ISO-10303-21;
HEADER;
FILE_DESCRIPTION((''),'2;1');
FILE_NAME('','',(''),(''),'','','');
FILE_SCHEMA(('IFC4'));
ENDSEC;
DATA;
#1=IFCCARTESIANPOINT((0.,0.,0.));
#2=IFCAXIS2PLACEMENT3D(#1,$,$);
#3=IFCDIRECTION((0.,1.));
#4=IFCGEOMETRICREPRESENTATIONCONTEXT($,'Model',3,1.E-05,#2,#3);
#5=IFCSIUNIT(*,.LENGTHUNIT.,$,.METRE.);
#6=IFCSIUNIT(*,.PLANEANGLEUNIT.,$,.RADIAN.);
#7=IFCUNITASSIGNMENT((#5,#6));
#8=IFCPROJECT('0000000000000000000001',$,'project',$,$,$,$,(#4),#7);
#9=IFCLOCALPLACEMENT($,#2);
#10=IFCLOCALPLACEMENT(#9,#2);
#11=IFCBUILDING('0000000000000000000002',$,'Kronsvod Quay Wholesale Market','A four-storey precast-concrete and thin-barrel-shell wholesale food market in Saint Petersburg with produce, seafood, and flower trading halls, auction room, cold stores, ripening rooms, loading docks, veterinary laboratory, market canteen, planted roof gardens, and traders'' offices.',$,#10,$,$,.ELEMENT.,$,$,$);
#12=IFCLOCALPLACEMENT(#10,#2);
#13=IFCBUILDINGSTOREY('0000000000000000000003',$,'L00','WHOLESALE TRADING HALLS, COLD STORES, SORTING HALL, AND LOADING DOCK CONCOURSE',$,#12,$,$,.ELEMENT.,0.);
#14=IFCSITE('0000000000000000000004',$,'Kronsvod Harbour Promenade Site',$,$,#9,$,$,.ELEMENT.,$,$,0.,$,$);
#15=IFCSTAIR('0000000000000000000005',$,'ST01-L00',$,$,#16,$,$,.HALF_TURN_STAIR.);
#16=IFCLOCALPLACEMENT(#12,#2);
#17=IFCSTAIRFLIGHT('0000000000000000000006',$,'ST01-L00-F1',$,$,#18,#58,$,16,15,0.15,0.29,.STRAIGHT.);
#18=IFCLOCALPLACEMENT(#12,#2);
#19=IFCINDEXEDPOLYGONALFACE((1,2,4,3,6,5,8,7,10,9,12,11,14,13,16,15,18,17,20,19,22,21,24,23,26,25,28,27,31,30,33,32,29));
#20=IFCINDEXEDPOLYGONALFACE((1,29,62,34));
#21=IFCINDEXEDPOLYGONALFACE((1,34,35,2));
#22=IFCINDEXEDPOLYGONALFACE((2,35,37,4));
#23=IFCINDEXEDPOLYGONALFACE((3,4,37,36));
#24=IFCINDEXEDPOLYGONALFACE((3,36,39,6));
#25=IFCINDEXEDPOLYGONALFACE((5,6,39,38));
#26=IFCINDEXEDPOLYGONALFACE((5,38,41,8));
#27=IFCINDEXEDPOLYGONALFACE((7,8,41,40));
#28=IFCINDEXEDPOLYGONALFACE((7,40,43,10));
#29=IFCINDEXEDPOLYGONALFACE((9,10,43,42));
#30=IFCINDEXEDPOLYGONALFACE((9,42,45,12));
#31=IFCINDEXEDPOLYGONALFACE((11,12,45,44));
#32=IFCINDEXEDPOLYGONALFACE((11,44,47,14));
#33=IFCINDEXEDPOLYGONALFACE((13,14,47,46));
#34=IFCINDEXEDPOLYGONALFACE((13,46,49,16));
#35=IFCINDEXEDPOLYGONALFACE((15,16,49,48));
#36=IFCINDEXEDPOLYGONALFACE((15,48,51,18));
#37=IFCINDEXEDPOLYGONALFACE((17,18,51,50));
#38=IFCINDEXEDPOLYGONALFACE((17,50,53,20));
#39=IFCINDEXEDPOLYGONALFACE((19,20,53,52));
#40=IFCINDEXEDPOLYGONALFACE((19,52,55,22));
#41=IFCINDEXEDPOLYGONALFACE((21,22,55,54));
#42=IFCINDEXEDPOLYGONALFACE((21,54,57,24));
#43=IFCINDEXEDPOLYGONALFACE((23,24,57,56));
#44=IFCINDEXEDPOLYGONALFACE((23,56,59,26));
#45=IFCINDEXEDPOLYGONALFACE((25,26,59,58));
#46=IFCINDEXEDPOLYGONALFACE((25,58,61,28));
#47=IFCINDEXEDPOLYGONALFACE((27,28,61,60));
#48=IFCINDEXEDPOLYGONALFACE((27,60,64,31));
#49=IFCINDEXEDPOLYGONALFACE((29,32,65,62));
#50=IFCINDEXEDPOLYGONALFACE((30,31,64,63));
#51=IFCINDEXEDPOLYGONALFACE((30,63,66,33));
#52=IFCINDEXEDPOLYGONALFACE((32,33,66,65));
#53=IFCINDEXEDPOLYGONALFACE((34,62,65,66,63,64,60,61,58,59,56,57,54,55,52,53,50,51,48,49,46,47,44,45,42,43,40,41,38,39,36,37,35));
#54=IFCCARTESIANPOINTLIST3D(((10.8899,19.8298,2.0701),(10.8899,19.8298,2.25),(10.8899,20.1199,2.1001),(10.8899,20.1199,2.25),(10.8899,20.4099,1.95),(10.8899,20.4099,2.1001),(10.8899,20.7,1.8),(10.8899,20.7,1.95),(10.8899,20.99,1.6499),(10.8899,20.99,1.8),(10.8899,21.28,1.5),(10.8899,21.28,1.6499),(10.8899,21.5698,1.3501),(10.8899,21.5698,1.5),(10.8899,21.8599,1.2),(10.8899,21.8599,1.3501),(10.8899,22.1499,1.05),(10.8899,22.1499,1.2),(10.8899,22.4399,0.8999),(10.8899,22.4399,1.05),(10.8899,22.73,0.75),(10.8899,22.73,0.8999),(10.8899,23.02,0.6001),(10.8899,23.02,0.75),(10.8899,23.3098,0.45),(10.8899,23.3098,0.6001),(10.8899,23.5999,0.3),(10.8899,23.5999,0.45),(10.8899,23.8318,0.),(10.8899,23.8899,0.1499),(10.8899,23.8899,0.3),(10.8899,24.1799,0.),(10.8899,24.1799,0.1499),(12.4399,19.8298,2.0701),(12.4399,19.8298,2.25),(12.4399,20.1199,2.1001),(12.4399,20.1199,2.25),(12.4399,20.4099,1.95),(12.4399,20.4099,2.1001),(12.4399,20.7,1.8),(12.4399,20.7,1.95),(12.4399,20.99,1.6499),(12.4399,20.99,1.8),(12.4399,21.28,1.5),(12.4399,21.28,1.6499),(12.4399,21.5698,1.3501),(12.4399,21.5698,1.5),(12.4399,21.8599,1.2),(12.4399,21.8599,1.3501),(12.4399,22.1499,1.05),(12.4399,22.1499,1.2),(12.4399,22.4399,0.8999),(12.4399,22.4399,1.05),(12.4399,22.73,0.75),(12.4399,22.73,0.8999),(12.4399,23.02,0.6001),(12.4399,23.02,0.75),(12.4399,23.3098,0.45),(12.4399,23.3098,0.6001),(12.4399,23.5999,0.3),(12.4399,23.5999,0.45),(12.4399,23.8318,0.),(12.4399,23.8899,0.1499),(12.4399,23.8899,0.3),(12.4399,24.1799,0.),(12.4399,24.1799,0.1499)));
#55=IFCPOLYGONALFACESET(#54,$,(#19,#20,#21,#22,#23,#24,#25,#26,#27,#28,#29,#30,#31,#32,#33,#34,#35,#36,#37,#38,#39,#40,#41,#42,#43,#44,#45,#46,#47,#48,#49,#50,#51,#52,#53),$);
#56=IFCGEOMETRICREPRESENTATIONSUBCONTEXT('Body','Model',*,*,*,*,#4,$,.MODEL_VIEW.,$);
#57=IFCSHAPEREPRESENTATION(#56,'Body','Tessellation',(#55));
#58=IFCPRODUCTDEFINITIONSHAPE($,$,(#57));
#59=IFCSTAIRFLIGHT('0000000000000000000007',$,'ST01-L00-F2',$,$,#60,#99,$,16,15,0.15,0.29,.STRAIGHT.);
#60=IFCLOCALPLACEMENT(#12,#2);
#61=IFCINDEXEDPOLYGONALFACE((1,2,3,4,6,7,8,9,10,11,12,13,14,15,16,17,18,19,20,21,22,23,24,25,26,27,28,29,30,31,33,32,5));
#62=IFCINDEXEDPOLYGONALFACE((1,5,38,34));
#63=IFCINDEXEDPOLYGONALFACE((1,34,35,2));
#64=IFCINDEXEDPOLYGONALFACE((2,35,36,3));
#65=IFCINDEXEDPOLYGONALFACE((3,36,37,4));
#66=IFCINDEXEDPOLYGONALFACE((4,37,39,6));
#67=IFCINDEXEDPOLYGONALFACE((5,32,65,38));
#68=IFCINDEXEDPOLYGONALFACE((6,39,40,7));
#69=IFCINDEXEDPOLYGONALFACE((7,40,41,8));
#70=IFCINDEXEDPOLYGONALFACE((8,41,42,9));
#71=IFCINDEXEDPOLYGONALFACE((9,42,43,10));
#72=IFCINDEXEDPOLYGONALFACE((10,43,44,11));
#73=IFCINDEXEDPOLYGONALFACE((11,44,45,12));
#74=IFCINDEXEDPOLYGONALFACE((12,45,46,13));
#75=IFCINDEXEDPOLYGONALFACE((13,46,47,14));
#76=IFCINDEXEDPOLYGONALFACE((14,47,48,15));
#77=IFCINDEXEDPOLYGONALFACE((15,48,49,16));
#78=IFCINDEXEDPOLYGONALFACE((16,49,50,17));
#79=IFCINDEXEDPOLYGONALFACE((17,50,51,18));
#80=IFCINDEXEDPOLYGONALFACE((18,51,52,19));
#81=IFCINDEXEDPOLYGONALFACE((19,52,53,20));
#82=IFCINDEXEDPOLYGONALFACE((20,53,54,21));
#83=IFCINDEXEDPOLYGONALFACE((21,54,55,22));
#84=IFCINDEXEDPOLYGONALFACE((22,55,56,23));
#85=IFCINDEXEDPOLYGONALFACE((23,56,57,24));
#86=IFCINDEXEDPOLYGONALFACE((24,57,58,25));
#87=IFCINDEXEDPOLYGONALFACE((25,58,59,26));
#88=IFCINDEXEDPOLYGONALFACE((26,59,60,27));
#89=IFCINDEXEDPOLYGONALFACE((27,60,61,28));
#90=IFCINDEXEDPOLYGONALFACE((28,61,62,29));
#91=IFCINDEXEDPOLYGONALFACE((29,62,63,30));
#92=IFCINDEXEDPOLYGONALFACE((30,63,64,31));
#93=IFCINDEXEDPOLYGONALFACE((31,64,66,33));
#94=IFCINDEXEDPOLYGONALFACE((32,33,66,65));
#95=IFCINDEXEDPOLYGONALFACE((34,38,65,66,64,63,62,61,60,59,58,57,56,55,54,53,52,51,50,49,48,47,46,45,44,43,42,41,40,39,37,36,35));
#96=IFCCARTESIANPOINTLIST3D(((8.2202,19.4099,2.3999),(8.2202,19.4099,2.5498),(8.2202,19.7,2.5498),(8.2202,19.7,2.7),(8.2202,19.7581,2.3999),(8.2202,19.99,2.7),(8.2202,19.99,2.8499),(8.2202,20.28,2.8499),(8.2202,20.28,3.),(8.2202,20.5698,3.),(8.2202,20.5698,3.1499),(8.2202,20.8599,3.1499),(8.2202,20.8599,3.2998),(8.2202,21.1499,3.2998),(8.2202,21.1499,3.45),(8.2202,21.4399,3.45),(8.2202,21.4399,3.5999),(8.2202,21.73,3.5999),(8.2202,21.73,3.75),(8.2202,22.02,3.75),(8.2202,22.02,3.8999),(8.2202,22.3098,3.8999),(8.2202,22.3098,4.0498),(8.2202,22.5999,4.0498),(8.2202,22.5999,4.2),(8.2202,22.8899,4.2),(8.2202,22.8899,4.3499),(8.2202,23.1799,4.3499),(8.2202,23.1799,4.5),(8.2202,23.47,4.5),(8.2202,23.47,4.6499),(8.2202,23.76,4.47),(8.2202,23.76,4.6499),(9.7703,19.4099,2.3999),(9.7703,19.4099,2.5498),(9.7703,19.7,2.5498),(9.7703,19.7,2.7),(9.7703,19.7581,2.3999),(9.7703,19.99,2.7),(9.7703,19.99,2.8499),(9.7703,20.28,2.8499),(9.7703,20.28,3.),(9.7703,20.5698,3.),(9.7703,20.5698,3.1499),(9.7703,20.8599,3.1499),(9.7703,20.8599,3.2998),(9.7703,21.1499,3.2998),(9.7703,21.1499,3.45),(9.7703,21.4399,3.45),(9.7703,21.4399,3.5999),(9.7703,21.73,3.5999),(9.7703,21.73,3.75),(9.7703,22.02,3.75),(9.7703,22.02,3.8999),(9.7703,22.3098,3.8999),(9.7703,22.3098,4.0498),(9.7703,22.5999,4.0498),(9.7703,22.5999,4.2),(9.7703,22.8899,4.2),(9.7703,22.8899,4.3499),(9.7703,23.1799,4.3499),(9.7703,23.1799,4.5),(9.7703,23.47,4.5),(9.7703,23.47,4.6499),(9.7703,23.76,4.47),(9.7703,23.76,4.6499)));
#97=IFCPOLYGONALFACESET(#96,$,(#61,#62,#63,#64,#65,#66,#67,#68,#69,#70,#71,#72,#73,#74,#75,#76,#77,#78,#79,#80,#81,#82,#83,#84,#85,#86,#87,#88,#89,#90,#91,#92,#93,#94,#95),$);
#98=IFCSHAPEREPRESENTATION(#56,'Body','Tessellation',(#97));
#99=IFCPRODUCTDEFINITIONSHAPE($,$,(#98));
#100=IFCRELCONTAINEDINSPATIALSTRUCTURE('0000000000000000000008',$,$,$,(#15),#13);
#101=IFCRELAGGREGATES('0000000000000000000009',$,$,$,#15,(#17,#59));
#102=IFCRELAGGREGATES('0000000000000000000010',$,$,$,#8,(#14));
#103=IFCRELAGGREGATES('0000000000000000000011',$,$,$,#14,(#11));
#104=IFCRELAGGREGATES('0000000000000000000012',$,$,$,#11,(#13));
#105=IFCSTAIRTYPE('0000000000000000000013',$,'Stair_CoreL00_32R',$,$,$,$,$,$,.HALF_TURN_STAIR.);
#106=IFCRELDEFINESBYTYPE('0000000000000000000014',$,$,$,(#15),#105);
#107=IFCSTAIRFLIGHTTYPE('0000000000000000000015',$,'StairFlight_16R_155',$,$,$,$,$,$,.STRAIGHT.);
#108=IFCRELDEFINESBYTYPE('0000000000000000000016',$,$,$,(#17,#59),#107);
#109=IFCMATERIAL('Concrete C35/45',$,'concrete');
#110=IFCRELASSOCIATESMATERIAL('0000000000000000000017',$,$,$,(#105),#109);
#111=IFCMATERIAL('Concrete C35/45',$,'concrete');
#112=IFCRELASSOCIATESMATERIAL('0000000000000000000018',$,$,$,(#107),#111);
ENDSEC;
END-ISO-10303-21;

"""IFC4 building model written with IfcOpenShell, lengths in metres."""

from ifc_helpers import new_model, si_unit, direction, frame, origin, place, context, subcontext, project, spatial, polyline, outline, extrude, material, type_object, element, aggregate, save


model = new_model("IFC4")

# Units and contexts
model_context = context("Model", 3, precision=1e-05, world=origin(), true_north=direction((0.0, 1.0)))
body_context = subcontext(model_context, "Body", "Model", "MODEL_VIEW")
ifc_project = project(units=[si_unit("LENGTHUNIT", "METRE"), si_unit("PLANEANGLEUNIT", "RADIAN")], contexts=[model_context])

# Site, building, storey
site_placement = place(None, origin())
site = spatial("IfcSite", under=ifc_project, at=site_placement, Name="Kronsvod Harbour Promenade Site", CompositionType="ELEMENT", RefElevation=0.0)
building_placement = place(site_placement, origin())
building = spatial("IfcBuilding", under=site, at=building_placement, Name="Kronsvod Quay Wholesale Market", Description="A four-storey precast-concrete and thin-barrel-shell wholesale food market in Saint Petersburg with produce, seafood, and flower trading halls, auction room, cold stores, ripening rooms, loading docks, veterinary laboratory, market canteen, planted roof gardens, and traders' offices.", CompositionType="ELEMENT")
storey_placement = place(building_placement, origin())
storey = spatial("IfcBuildingStorey", under=building, at=storey_placement, Name="L00", Description="WHOLESALE TRADING HALLS, COLD STORES, SORTING HALL, AND LOADING DOCK CONCOURSE", CompositionType="ELEMENT", Elevation=0.0)

# Stair, stair flights
ifc_material_1 = material(Name="Concrete C35/45", Category="concrete")
stair_type = type_object("IfcStairType", Name="Stair_CoreL00_32R", PredefinedType="HALF_TURN_STAIR", material=ifc_material_1)
stair_placement = place(storey_placement, origin())
stair = element("IfcStair", 1, at=stair_placement, inside=storey, type_object=stair_type, Name="ST01-L00", PredefinedType="HALF_TURN_STAIR")
ifc_material_2 = material(Name="Concrete C35/45", Category="concrete")
stair_flight_type = type_object("IfcStairFlightType", Name="StairFlight_16R_155", PredefinedType="STRAIGHT", material=ifc_material_2)
stair_flight_1_placement = place(storey_placement, frame((11.665, 24.1799, 0.0), z_axis=(0.0, 0.0, 1.0), x_axis=(0.0, -1.0, 0.0)))
stair_flight_1 = element("IfcStairFlight", 2, at=stair_flight_1_placement, type_object=stair_flight_type, Name="ST01-L00-F1", NumberOfRisers=16, NumberOfTreads=15, PredefinedType="STRAIGHT", RiserHeight=0.15, TreadLength=0.29, context=body_context, shape_type="SweptSolid", body=[
    extrude(outline(polyline([(0.0, 0.0), (0.0, 0.1499), (0.29, 0.1499), (0.29, 0.3), (0.5801, 0.3), (0.5801, 0.45), (0.8701, 0.45), (0.8701, 0.6001), (1.1599, 0.6001), (1.1599, 0.75), (1.45, 0.75), (1.45, 0.8999), (1.74, 0.8999), (1.74, 1.05), (2.03, 1.05), (2.03, 1.2), (2.3201, 1.2), (2.3201, 1.3501), (2.6101, 1.3501), (2.6101, 1.5), (2.8999, 1.5), (2.8999, 1.6499), (3.1899, 1.6499), (3.1899, 1.8), (3.48, 1.8), (3.48, 1.95), (3.77, 1.95), (3.77, 2.1001), (4.0601, 2.1001), (4.0601, 2.25), (4.3501, 2.25), (4.3501, 2.3999), (4.3501, 2.0701), (0.3481, 0.0), (0.0, 0.0)])), frame((0.0, 0.7749, 0.0), z_axis=(0.0, -1.0, 0.0), x_axis=(1.0, 0.0, 0.0)), (0.0, 0.0, 1.0), 1.55),
])
stair_flight_2_placement = place(storey_placement, frame((8.9951, 19.4099, 2.3999), z_axis=(0.0, 0.0, 1.0), x_axis=(0.0, 1.0, 0.0)))
stair_flight_2 = element("IfcStairFlight", 3, at=stair_flight_2_placement, type_object=stair_flight_type, Name="ST01-L00-F2", NumberOfRisers=16, NumberOfTreads=15, PredefinedType="STRAIGHT", RiserHeight=0.15, TreadLength=0.29, context=body_context, shape_type="SweptSolid", body=[
    extrude(outline(polyline([(0.0, 0.0), (0.0, 0.1499), (0.29, 0.1499), (0.29, 0.3), (0.5801, 0.3), (0.5801, 0.45), (0.8701, 0.45), (0.8701, 0.6001), (1.1599, 0.6001), (1.1599, 0.75), (1.45, 0.75), (1.45, 0.8999), (1.74, 0.8999), (1.74, 1.05), (2.03, 1.05), (2.03, 1.2), (2.3201, 1.2), (2.3201, 1.3501), (2.6101, 1.3501), (2.6101, 1.5), (2.8999, 1.5), (2.8999, 1.6499), (3.1899, 1.6499), (3.1899, 1.8), (3.48, 1.8), (3.48, 1.95), (3.77, 1.95), (3.77, 2.1001), (4.0601, 2.1001), (4.0601, 2.25), (4.3501, 2.25), (4.3501, 2.3999), (4.3501, 2.0701), (0.3481, 0.0), (0.0, 0.0)])), frame((0.0, 0.7749, 0.0), z_axis=(0.0, -1.0, 0.0), x_axis=(1.0, 0.0, 0.0)), (0.0, 0.0, 1.0), 1.55),
])
aggregate(stair, [stair_flight_1, stair_flight_2])

save(model, "model.ifc")
